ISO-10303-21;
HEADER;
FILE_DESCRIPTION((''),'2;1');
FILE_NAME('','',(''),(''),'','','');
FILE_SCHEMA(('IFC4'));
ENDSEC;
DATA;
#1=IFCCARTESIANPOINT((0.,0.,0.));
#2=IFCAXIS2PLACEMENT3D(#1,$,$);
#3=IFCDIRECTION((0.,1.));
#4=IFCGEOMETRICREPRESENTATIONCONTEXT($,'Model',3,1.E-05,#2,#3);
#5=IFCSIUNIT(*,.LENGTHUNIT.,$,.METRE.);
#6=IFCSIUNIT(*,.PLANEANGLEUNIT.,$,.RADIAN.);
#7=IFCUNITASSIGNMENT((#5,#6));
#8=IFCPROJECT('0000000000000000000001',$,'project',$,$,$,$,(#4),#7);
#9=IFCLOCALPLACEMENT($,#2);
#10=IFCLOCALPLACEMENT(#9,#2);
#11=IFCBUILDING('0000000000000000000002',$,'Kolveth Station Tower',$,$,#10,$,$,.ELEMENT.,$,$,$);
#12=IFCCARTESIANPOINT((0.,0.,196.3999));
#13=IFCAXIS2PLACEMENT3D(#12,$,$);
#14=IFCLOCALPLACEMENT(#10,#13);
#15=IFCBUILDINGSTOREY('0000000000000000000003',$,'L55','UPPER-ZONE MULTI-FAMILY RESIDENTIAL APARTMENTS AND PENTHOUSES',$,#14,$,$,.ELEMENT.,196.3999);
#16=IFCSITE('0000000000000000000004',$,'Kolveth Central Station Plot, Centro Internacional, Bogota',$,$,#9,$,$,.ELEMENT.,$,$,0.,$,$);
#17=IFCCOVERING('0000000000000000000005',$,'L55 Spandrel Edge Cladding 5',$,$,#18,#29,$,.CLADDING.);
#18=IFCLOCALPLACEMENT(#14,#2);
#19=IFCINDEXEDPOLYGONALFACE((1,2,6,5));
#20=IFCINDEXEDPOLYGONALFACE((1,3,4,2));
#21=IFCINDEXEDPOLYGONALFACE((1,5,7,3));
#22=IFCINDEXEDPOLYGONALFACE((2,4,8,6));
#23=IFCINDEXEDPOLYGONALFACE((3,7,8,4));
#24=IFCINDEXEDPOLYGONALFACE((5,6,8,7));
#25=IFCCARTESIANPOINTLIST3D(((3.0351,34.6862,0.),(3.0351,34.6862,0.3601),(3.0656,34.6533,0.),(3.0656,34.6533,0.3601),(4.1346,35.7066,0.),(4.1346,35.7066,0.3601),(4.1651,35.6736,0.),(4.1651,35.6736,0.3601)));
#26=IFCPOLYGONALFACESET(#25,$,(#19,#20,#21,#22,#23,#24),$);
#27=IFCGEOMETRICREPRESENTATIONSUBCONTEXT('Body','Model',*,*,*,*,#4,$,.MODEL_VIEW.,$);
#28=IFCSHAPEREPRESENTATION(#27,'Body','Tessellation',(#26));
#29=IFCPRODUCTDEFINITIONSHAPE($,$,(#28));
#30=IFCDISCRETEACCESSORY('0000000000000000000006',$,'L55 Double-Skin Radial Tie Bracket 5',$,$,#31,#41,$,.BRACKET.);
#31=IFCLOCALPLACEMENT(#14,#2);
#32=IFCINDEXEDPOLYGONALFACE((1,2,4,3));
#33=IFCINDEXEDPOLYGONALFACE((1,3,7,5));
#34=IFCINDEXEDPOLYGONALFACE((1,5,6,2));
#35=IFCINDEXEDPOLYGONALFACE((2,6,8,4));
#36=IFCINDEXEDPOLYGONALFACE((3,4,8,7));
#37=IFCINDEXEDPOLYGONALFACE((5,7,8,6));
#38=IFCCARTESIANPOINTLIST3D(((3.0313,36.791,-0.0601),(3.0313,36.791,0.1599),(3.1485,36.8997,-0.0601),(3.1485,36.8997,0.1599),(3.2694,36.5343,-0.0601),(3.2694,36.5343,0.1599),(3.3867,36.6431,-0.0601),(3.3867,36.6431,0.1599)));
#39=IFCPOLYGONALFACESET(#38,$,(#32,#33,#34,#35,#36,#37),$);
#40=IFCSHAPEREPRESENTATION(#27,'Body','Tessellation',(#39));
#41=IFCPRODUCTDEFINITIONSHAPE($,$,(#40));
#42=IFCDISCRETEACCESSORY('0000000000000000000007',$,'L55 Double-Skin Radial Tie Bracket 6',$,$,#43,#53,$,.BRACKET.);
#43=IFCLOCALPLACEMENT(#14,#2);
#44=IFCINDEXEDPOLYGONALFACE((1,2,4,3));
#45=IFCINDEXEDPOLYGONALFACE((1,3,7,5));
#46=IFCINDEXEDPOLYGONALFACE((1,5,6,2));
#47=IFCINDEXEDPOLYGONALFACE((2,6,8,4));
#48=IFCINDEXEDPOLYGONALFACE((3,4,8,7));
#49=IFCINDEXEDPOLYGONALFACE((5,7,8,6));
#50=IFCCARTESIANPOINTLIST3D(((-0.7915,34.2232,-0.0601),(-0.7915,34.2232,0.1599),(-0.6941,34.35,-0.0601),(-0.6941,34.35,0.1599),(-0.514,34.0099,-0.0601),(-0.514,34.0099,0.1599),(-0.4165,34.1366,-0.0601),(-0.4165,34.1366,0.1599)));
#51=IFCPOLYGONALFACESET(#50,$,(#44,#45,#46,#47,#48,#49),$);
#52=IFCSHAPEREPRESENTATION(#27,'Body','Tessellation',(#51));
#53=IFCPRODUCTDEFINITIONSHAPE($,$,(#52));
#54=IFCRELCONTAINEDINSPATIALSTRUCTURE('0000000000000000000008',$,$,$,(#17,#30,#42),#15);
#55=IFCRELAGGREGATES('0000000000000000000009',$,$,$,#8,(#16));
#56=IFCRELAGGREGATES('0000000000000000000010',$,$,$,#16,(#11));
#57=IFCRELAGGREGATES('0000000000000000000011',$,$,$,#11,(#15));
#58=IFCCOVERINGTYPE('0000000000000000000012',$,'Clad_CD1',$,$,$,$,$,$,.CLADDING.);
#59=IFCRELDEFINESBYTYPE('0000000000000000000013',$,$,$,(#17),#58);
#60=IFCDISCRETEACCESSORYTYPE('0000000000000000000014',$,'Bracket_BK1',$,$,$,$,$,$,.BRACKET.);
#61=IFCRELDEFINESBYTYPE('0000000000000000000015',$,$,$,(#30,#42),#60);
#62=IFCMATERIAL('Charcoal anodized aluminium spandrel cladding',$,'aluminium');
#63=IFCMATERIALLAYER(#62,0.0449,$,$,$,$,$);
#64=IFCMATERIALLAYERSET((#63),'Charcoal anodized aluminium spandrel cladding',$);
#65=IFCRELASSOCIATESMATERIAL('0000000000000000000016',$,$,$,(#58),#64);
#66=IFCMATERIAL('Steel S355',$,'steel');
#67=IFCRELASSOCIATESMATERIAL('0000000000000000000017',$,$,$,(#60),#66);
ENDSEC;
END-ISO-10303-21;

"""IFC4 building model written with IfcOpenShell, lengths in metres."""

from ifc_helpers import new_model, si_unit, direction, frame, origin, origin_2d, place, context, subcontext, project, spatial, rectangle, extrude, source, transform, mapped, material, layer, layer_set, type_object, element, save


model = new_model("IFC4")

# Units and contexts
model_context = context("Model", 3, precision=1e-05, world=origin(), true_north=direction((0.0, 1.0)))
body_context = subcontext(model_context, "Body", "Model", "MODEL_VIEW")
ifc_project = project(units=[si_unit("LENGTHUNIT", "METRE"), si_unit("PLANEANGLEUNIT", "RADIAN")], contexts=[model_context])

# Site, building, storey
site_placement = place(None, origin())
site = spatial("IfcSite", under=ifc_project, at=site_placement, Name="Kolveth Central Station Plot, Centro Internacional, Bogota", CompositionType="ELEMENT", RefElevation=0.0)
building_placement = place(site_placement, origin())
building = spatial("IfcBuilding", under=site, at=building_placement, Name="Kolveth Station Tower", CompositionType="ELEMENT")
storey_placement = place(building_placement, frame((0.0, 0.0, 196.3999)))
storey = spatial("IfcBuildingStorey", under=building, at=storey_placement, Name="L55", Description="UPPER-ZONE MULTI-FAMILY RESIDENTIAL APARTMENTS AND PENTHOUSES", CompositionType="ELEMENT", Elevation=196.3999)

# Covering
ifc_material_1 = material(Name="Charcoal anodized aluminium spandrel cladding", Category="aluminium")
ifc_layer_1 = layer(ifc_material_1, 0.0449)
ifc_layer_set_1 = layer_set([ifc_layer_1], Name="Charcoal anodized aluminium spandrel cladding")
covering_type = type_object("IfcCoveringType", Name="Clad_CD1", PredefinedType="CLADDING", material=ifc_layer_set_1)
shared_shape_1 = source(origin(), body_context, "Body", "SweptSolid", [
    extrude(rectangle(XDim=1.5, YDim=0.0449, at=origin_2d()), origin(), (0.0, 0.0, 1.0), 0.3601),
])
covering_placement = place(storey_placement, frame((3.6001, 35.1799, 0.0), z_axis=(0.0, 0.0, 1.0), x_axis=(-0.733018, -0.680209, 0.0)))
element("IfcCovering", 1, at=covering_placement, inside=storey, type_object=covering_type, Name="L55 Spandrel Edge Cladding 5", PredefinedType="CLADDING", context=body_context, shape_type="MappedRepresentation", body=[
    mapped(shared_shape_1, transform((0.0, 0.0, 0.0), x_axis=(1.0, 0.0, 0.0), y_axis=(0.0, 1.0, 0.0), z_axis=(0.0, 0.0, 1.0), scale=1.0)),
])

# Discrete accessories
ifc_material_2 = material(Name="Steel S355", Category="steel")
discrete_accessory_type = type_object("IfcDiscreteAccessoryType", Name="Bracket_BK1", PredefinedType="BRACKET", material=ifc_material_2)
shared_shape_2 = source(origin(), body_context, "Body", "SweptSolid", [
    extrude(rectangle(XDim=0.3501, YDim=0.1599, at=origin_2d()), origin(), (0.0, 0.0, 1.0), 0.22),
])
for number, where, z_axis, x_axis, name in (
    (2, (3.209, 36.717, -0.0601), (0.0, 0.0, 1.0), (-0.680209, 0.733018, 0.0), "L55 Double-Skin Radial Tie Bracket 5"),
    (3, (-0.604, 34.1799, -0.0601), (0.0, 0.0, 1.0), (-0.792822, 0.609454, 0.0), "L55 Double-Skin Radial Tie Bracket 6"),
):
    element("IfcDiscreteAccessory", number, at=place(storey_placement, frame(where, z_axis=z_axis, x_axis=x_axis)), inside=storey, type_object=discrete_accessory_type, Name=name, PredefinedType="BRACKET", context=body_context, shape_type="MappedRepresentation", body=[
        mapped(shared_shape_2, transform((0.0, 0.0, 0.0), x_axis=(1.0, 0.0, 0.0), y_axis=(0.0, 1.0, 0.0), z_axis=(0.0, 0.0, 1.0), scale=1.0)),
    ])

save(model, "model.ifc")
